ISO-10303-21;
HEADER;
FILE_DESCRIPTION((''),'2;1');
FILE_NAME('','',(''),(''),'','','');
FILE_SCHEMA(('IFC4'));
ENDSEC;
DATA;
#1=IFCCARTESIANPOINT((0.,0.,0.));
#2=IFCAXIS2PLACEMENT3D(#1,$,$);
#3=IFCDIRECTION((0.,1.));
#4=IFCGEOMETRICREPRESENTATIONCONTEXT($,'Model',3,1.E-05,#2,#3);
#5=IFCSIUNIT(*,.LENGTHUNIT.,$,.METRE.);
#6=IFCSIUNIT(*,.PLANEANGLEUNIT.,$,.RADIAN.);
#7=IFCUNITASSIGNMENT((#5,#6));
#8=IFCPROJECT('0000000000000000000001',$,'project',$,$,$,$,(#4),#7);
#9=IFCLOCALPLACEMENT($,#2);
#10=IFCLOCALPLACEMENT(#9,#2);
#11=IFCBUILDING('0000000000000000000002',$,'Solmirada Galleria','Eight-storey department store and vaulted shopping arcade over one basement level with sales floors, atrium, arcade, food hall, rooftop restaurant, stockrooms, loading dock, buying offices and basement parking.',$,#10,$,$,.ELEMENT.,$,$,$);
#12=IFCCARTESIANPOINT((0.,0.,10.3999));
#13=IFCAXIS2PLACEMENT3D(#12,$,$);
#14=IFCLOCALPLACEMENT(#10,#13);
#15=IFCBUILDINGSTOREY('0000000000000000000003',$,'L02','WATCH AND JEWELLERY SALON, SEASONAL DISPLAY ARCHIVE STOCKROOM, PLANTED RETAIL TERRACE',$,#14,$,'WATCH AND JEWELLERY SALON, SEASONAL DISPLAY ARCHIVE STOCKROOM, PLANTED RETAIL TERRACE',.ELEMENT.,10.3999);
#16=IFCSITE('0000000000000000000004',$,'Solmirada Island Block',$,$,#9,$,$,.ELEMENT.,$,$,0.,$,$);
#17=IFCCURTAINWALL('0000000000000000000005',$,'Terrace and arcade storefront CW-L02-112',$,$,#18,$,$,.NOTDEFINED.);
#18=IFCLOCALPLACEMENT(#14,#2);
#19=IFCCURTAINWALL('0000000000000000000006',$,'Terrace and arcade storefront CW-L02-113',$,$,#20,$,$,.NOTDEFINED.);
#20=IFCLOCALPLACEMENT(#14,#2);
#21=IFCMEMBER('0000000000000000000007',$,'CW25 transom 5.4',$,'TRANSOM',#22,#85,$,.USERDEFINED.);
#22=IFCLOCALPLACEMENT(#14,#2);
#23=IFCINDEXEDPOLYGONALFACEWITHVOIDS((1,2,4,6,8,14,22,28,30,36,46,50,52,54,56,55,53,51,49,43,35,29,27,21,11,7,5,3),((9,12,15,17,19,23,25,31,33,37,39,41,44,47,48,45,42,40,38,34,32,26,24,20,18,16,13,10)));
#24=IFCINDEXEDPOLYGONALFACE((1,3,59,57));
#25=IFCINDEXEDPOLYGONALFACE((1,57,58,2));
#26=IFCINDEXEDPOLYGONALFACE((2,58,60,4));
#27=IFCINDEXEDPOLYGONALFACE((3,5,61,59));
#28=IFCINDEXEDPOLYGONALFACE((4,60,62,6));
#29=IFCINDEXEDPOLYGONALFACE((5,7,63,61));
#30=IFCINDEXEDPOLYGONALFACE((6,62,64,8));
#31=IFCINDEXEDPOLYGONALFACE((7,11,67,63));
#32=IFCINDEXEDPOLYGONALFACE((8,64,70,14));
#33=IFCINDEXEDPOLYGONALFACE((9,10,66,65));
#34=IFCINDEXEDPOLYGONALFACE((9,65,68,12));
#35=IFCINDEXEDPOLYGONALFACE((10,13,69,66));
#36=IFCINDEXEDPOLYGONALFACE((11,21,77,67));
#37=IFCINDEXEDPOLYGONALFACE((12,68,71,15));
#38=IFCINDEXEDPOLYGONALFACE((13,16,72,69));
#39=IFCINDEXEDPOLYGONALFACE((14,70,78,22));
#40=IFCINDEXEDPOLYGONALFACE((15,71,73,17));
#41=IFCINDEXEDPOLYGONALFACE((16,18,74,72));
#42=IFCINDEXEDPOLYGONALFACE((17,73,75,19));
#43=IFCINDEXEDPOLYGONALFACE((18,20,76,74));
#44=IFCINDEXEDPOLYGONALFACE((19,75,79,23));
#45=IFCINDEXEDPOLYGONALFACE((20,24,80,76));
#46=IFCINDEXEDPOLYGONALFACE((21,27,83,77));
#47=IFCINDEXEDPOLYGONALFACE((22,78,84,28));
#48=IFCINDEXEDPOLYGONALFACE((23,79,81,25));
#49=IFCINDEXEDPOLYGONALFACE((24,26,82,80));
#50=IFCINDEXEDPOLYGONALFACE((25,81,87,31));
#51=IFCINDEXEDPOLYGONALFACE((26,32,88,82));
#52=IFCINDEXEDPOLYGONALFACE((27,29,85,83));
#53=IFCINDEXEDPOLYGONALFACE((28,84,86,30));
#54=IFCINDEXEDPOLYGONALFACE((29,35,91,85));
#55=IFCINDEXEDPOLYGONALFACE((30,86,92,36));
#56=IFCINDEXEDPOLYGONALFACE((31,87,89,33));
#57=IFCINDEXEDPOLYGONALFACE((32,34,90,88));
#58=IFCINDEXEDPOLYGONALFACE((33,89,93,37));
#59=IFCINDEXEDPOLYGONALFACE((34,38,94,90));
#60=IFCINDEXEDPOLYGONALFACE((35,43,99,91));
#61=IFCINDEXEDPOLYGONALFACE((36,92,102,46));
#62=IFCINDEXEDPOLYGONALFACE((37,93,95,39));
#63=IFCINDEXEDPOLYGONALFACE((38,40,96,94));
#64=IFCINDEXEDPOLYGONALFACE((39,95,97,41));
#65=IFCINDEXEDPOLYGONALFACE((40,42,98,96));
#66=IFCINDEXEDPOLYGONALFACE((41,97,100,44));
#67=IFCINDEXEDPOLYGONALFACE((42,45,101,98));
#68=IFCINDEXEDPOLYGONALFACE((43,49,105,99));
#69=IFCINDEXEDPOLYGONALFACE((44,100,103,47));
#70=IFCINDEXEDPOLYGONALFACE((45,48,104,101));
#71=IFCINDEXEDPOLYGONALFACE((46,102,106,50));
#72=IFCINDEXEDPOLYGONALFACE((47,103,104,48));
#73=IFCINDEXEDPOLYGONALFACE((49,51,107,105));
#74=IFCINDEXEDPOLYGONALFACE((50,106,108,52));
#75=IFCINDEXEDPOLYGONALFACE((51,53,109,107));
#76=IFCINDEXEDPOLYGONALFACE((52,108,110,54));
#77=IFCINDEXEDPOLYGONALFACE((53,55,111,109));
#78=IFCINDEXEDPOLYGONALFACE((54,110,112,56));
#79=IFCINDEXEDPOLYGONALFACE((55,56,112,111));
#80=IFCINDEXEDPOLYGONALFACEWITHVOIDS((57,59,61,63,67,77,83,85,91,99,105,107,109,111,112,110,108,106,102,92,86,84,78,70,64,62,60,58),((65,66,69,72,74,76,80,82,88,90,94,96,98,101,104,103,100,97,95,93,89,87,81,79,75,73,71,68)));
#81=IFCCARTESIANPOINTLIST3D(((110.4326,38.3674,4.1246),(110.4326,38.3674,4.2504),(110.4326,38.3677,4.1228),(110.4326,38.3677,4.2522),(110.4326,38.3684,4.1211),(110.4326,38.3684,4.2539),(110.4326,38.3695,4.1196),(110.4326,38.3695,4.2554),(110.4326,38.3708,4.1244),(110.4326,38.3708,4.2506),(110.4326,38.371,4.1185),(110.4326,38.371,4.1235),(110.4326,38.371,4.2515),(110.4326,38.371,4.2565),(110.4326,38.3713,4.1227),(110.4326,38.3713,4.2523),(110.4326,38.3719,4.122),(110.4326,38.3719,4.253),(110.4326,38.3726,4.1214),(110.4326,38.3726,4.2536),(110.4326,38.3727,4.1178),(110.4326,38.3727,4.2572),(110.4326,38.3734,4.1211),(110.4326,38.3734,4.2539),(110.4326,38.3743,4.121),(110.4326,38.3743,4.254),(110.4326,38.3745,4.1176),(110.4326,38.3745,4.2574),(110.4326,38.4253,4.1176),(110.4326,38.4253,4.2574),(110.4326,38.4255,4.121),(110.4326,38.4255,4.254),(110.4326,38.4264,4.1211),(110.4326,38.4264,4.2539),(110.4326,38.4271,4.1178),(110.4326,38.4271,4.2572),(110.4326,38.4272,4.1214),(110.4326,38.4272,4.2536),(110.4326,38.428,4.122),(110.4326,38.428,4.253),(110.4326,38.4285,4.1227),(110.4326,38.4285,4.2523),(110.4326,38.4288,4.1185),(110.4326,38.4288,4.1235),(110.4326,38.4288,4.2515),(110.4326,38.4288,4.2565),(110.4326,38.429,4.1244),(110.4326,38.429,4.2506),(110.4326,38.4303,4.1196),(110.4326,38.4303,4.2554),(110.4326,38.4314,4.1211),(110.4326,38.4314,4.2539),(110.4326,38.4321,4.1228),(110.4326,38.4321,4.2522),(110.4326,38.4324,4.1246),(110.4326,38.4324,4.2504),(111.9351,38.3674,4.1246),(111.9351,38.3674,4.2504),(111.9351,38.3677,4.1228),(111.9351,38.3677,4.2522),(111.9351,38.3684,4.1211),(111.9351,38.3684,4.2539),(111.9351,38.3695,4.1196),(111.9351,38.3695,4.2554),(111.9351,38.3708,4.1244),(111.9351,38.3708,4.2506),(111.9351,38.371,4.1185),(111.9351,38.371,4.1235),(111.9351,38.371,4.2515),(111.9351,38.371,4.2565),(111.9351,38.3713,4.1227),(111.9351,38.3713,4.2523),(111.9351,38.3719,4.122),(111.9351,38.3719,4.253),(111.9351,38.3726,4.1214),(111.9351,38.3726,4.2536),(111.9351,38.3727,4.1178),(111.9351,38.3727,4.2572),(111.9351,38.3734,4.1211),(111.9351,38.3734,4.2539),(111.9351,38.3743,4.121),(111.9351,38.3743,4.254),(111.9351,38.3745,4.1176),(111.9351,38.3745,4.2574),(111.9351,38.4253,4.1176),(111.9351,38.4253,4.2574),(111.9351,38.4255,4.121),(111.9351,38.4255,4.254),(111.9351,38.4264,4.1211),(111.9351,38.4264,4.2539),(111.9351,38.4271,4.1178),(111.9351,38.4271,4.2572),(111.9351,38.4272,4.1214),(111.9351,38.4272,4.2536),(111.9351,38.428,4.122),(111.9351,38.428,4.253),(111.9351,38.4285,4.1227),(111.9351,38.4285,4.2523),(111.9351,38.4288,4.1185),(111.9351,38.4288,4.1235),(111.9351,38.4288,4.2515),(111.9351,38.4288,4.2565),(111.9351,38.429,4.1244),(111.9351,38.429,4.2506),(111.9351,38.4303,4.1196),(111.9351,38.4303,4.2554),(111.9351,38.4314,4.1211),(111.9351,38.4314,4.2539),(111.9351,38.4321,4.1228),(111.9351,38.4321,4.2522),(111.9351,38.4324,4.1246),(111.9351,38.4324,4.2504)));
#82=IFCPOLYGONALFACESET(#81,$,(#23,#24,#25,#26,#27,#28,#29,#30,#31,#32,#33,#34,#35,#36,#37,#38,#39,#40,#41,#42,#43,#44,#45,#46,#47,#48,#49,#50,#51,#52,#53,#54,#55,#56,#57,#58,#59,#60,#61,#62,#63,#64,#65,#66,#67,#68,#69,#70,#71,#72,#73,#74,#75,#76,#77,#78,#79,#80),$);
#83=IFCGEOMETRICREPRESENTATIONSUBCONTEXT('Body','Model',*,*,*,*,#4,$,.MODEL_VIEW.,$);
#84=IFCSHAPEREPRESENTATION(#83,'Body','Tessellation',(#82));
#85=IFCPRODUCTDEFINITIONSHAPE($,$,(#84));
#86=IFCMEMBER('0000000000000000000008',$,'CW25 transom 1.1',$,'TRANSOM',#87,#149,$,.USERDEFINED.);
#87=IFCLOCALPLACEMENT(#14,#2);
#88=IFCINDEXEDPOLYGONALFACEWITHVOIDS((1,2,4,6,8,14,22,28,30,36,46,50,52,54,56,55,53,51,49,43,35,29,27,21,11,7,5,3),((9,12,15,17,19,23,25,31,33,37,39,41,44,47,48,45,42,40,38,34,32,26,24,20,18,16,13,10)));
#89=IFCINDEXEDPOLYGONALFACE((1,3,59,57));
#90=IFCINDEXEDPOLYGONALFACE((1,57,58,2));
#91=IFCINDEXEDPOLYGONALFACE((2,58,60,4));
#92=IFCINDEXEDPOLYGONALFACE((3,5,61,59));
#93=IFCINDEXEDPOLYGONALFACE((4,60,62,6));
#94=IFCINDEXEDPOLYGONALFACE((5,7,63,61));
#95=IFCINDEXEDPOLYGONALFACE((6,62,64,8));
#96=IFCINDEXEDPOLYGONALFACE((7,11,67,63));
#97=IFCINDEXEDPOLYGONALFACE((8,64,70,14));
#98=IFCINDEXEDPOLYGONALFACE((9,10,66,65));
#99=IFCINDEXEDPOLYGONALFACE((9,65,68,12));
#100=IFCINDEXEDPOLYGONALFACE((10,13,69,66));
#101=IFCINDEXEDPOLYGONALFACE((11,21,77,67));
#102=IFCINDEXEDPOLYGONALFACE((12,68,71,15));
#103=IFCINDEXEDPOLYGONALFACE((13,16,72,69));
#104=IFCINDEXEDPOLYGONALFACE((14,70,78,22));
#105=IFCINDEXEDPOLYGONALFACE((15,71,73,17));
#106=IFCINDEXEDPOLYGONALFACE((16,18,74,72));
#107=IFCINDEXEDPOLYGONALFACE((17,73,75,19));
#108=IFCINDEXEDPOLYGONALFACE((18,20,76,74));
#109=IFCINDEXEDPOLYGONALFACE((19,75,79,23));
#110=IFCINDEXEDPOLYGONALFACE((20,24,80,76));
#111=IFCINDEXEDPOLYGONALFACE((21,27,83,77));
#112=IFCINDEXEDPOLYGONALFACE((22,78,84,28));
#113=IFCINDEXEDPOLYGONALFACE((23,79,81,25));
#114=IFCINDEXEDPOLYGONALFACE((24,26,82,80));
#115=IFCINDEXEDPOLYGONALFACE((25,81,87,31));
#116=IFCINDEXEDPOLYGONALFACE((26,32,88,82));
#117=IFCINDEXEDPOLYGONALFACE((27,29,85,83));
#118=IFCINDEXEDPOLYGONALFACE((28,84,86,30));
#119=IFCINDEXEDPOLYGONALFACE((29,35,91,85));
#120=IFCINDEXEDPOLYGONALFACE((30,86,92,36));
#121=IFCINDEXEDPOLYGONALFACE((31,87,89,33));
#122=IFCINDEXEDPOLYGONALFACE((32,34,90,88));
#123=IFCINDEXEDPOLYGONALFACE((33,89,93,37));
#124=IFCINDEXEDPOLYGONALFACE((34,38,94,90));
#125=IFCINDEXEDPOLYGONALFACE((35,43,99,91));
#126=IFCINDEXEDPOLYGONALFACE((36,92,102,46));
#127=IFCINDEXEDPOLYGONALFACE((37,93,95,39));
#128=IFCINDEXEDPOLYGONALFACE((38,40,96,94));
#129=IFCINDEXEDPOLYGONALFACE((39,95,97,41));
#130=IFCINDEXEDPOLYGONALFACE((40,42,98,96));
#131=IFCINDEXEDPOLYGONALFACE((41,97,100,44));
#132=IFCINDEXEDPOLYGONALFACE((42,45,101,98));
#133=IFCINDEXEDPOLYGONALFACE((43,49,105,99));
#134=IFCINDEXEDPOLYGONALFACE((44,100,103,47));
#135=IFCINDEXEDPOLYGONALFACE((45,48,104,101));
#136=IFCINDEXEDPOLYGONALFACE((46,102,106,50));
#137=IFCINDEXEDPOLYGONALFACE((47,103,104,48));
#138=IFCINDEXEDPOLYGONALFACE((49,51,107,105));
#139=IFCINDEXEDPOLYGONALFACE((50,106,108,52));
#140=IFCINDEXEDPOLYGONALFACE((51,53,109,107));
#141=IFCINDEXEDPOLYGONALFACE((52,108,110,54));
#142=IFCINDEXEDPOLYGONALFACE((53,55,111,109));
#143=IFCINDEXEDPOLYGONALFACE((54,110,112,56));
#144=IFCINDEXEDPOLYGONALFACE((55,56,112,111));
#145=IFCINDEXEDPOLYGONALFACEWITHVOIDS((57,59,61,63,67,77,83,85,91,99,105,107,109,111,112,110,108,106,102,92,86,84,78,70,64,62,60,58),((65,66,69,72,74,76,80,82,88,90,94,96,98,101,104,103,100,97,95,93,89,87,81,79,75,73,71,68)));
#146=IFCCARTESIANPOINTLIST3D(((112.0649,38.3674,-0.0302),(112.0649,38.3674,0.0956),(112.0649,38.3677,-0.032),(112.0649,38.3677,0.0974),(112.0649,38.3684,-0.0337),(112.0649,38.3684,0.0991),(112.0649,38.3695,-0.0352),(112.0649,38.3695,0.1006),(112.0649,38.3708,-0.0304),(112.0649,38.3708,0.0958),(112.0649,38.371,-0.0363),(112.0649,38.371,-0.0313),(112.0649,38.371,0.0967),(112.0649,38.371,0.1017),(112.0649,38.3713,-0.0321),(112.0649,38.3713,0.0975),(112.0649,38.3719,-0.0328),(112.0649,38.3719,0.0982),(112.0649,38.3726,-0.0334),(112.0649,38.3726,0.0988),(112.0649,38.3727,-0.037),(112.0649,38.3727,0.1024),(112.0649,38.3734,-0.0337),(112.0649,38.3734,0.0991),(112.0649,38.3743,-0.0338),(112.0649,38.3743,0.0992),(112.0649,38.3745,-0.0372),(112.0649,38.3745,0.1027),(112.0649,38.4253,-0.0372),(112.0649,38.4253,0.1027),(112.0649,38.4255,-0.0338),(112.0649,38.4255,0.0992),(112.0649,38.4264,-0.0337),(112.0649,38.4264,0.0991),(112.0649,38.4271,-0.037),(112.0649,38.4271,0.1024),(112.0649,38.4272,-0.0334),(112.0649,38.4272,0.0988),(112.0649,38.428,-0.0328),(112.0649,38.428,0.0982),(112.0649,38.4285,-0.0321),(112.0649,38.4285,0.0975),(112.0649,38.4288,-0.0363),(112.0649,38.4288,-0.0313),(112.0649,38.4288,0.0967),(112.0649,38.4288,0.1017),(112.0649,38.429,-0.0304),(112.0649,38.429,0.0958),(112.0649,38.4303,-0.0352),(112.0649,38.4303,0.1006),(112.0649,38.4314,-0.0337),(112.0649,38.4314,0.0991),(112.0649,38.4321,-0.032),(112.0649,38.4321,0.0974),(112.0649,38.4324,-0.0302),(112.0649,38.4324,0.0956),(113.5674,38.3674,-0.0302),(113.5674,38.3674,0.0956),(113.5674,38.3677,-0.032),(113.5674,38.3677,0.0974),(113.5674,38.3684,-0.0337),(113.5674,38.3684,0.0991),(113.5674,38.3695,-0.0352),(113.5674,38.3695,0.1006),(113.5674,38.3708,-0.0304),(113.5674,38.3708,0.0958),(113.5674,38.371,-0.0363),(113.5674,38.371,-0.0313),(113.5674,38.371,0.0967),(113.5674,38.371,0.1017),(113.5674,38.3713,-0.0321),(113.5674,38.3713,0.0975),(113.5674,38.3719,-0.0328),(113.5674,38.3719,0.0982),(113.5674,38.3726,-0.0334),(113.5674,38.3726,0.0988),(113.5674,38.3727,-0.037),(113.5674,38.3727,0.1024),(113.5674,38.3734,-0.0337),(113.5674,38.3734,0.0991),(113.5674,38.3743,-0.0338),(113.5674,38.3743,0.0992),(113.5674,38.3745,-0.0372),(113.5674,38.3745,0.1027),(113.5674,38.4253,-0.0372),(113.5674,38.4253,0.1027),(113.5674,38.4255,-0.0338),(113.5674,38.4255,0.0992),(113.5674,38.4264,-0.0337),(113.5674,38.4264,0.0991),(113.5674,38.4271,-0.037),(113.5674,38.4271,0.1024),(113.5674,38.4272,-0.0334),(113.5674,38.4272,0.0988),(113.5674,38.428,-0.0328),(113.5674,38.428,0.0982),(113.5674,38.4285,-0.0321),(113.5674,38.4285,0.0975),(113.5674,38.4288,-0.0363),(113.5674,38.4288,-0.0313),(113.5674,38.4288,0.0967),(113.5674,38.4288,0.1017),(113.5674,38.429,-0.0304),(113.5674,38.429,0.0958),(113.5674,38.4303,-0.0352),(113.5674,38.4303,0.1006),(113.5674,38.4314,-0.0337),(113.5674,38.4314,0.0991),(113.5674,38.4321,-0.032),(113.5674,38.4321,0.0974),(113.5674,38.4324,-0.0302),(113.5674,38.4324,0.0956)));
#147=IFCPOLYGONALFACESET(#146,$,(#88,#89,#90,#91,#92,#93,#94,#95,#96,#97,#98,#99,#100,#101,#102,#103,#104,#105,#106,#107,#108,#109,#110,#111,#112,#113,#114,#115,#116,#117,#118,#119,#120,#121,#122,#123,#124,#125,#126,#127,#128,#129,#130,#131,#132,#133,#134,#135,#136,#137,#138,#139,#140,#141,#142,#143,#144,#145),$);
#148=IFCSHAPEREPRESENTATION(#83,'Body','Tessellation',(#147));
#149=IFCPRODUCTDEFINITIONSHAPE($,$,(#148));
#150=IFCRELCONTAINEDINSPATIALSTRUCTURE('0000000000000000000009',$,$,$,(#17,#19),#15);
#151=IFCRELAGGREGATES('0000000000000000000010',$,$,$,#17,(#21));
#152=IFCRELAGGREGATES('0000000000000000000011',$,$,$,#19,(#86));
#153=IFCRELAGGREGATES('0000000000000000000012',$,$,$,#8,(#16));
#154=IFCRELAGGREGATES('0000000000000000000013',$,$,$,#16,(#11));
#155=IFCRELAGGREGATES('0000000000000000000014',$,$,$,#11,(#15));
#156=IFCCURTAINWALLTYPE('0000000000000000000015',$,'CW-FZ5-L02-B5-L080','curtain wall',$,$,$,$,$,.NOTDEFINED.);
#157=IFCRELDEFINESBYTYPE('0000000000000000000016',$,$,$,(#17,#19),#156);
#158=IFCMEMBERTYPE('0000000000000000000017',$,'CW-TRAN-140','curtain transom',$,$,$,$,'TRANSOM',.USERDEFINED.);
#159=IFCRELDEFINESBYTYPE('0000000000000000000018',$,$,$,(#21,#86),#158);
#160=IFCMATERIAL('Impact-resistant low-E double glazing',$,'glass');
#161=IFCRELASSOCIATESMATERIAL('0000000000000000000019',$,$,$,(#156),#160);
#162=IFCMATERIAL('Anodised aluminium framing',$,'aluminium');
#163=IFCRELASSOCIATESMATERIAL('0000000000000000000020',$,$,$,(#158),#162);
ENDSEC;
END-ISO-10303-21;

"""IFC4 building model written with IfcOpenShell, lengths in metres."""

from ifc_helpers import new_model, si_unit, direction, frame, origin, origin_2d, place, context, subcontext, project, spatial, hollow_rectangle, extrude, material, material_profile, profile_set, type_object, element, aggregate, save


model = new_model("IFC4")

# Units and contexts
model_context = context("Model", 3, precision=1e-05, world=origin(), true_north=direction((0.0, 1.0)))
body_context = subcontext(model_context, "Body", "Model", "MODEL_VIEW")
ifc_project = project(units=[si_unit("LENGTHUNIT", "METRE"), si_unit("PLANEANGLEUNIT", "RADIAN")], contexts=[model_context])

# Site, building, storey
site_placement = place(None, origin())
site = spatial("IfcSite", under=ifc_project, at=site_placement, Name="Solmirada Island Block", CompositionType="ELEMENT", RefElevation=0.0)
building_placement = place(site_placement, origin())
building = spatial("IfcBuilding", under=site, at=building_placement, Name="Solmirada Galleria", Description="Eight-storey department store and vaulted shopping arcade over one basement level with sales floors, atrium, arcade, food hall, rooftop restaurant, stockrooms, loading dock, buying offices and basement parking.", CompositionType="ELEMENT")
storey_placement = place(building_placement, frame((0.0, 0.0, 10.3999)))
storey = spatial("IfcBuildingStorey", under=building, at=storey_placement, Name="L02", Description="WATCH AND JEWELLERY SALON, SEASONAL DISPLAY ARCHIVE STOCKROOM, PLANTED RETAIL TERRACE", LongName="WATCH AND JEWELLERY SALON, SEASONAL DISPLAY ARCHIVE STOCKROOM, PLANTED RETAIL TERRACE", CompositionType="ELEMENT", Elevation=10.3999)

# Curtain wall
ifc_material_1 = material(Name="Impact-resistant low-E double glazing", Category="glass")
curtain_wall_type = type_object("IfcCurtainWallType", Name="CW-FZ5-L02-B5-L080", Description="curtain wall", PredefinedType="NOTDEFINED", material=ifc_material_1)
curtain_wall_1_placement = place(storey_placement, origin())
curtain_wall_1 = element("IfcCurtainWall", 1, at=curtain_wall_1_placement, inside=storey, type_object=curtain_wall_type, Name="Terrace and arcade storefront CW-L02-112", PredefinedType="NOTDEFINED")
ifc_material_2 = material(Name="Anodised aluminium framing", Category="aluminium")

# Curtain wall
curtain_wall_2_placement = place(storey_placement, origin())
curtain_wall_2 = element("IfcCurtainWall", 2, at=curtain_wall_2_placement, inside=storey, type_object=curtain_wall_type, Name="Terrace and arcade storefront CW-L02-113", PredefinedType="NOTDEFINED")

# Members
ifc_material_profile_1 = material_profile(ifc_material_2, hollow_rectangle(XDim=0.0649, YDim=0.1399, WallThickness=0.0034, InnerFilletRadius=0.0034, OuterFilletRadius=0.0071, at=origin_2d()), Name="ALU-TRAN-140X65")
ifc_profile_set_1 = profile_set([ifc_material_profile_1], Name="Anodised aluminium framing")
member_type_1 = type_object("IfcMemberType", Name="CW-TRAN-140", Description="curtain transom", ElementType="TRANSOM", PredefinedType="USERDEFINED", material=ifc_profile_set_1)
member_1_placement = place(storey_placement, frame((110.4326, 38.3999, 4.1875), z_axis=(1.0, 0.0, 0.0), x_axis=(0.0, 1.0, 0.0)))
member_1 = element("IfcMember", 3, at=member_1_placement, type_object=member_type_1, Name="CW25 transom 5.4", ObjectType="TRANSOM", PredefinedType="USERDEFINED", context=body_context, shape_type="SweptSolid", body=[
    extrude(hollow_rectangle(XDim=0.0649, YDim=0.1399, WallThickness=0.0034, InnerFilletRadius=0.0034, OuterFilletRadius=0.0071, at=origin_2d()), origin(), (0.0, 0.0, 1.0), 1.5024),
])
member_2_placement = place(storey_placement, frame((112.0649, 38.3999, 0.0327), z_axis=(1.0, 0.0, 0.0), x_axis=(0.0, 1.0, 0.0)))
member_2 = element("IfcMember", 4, at=member_2_placement, type_object=member_type_1, Name="CW25 transom 1.1", ObjectType="TRANSOM", PredefinedType="USERDEFINED", context=body_context, shape_type="SweptSolid", body=[
    extrude(hollow_rectangle(XDim=0.0649, YDim=0.1399, WallThickness=0.0034, InnerFilletRadius=0.0034, OuterFilletRadius=0.0071, at=origin_2d()), origin(), (0.0, 0.0, 1.0), 1.5024),
])

aggregate(curtain_wall_1, [member_1])
aggregate(curtain_wall_2, [member_2])

save(model, "model.ifc")
